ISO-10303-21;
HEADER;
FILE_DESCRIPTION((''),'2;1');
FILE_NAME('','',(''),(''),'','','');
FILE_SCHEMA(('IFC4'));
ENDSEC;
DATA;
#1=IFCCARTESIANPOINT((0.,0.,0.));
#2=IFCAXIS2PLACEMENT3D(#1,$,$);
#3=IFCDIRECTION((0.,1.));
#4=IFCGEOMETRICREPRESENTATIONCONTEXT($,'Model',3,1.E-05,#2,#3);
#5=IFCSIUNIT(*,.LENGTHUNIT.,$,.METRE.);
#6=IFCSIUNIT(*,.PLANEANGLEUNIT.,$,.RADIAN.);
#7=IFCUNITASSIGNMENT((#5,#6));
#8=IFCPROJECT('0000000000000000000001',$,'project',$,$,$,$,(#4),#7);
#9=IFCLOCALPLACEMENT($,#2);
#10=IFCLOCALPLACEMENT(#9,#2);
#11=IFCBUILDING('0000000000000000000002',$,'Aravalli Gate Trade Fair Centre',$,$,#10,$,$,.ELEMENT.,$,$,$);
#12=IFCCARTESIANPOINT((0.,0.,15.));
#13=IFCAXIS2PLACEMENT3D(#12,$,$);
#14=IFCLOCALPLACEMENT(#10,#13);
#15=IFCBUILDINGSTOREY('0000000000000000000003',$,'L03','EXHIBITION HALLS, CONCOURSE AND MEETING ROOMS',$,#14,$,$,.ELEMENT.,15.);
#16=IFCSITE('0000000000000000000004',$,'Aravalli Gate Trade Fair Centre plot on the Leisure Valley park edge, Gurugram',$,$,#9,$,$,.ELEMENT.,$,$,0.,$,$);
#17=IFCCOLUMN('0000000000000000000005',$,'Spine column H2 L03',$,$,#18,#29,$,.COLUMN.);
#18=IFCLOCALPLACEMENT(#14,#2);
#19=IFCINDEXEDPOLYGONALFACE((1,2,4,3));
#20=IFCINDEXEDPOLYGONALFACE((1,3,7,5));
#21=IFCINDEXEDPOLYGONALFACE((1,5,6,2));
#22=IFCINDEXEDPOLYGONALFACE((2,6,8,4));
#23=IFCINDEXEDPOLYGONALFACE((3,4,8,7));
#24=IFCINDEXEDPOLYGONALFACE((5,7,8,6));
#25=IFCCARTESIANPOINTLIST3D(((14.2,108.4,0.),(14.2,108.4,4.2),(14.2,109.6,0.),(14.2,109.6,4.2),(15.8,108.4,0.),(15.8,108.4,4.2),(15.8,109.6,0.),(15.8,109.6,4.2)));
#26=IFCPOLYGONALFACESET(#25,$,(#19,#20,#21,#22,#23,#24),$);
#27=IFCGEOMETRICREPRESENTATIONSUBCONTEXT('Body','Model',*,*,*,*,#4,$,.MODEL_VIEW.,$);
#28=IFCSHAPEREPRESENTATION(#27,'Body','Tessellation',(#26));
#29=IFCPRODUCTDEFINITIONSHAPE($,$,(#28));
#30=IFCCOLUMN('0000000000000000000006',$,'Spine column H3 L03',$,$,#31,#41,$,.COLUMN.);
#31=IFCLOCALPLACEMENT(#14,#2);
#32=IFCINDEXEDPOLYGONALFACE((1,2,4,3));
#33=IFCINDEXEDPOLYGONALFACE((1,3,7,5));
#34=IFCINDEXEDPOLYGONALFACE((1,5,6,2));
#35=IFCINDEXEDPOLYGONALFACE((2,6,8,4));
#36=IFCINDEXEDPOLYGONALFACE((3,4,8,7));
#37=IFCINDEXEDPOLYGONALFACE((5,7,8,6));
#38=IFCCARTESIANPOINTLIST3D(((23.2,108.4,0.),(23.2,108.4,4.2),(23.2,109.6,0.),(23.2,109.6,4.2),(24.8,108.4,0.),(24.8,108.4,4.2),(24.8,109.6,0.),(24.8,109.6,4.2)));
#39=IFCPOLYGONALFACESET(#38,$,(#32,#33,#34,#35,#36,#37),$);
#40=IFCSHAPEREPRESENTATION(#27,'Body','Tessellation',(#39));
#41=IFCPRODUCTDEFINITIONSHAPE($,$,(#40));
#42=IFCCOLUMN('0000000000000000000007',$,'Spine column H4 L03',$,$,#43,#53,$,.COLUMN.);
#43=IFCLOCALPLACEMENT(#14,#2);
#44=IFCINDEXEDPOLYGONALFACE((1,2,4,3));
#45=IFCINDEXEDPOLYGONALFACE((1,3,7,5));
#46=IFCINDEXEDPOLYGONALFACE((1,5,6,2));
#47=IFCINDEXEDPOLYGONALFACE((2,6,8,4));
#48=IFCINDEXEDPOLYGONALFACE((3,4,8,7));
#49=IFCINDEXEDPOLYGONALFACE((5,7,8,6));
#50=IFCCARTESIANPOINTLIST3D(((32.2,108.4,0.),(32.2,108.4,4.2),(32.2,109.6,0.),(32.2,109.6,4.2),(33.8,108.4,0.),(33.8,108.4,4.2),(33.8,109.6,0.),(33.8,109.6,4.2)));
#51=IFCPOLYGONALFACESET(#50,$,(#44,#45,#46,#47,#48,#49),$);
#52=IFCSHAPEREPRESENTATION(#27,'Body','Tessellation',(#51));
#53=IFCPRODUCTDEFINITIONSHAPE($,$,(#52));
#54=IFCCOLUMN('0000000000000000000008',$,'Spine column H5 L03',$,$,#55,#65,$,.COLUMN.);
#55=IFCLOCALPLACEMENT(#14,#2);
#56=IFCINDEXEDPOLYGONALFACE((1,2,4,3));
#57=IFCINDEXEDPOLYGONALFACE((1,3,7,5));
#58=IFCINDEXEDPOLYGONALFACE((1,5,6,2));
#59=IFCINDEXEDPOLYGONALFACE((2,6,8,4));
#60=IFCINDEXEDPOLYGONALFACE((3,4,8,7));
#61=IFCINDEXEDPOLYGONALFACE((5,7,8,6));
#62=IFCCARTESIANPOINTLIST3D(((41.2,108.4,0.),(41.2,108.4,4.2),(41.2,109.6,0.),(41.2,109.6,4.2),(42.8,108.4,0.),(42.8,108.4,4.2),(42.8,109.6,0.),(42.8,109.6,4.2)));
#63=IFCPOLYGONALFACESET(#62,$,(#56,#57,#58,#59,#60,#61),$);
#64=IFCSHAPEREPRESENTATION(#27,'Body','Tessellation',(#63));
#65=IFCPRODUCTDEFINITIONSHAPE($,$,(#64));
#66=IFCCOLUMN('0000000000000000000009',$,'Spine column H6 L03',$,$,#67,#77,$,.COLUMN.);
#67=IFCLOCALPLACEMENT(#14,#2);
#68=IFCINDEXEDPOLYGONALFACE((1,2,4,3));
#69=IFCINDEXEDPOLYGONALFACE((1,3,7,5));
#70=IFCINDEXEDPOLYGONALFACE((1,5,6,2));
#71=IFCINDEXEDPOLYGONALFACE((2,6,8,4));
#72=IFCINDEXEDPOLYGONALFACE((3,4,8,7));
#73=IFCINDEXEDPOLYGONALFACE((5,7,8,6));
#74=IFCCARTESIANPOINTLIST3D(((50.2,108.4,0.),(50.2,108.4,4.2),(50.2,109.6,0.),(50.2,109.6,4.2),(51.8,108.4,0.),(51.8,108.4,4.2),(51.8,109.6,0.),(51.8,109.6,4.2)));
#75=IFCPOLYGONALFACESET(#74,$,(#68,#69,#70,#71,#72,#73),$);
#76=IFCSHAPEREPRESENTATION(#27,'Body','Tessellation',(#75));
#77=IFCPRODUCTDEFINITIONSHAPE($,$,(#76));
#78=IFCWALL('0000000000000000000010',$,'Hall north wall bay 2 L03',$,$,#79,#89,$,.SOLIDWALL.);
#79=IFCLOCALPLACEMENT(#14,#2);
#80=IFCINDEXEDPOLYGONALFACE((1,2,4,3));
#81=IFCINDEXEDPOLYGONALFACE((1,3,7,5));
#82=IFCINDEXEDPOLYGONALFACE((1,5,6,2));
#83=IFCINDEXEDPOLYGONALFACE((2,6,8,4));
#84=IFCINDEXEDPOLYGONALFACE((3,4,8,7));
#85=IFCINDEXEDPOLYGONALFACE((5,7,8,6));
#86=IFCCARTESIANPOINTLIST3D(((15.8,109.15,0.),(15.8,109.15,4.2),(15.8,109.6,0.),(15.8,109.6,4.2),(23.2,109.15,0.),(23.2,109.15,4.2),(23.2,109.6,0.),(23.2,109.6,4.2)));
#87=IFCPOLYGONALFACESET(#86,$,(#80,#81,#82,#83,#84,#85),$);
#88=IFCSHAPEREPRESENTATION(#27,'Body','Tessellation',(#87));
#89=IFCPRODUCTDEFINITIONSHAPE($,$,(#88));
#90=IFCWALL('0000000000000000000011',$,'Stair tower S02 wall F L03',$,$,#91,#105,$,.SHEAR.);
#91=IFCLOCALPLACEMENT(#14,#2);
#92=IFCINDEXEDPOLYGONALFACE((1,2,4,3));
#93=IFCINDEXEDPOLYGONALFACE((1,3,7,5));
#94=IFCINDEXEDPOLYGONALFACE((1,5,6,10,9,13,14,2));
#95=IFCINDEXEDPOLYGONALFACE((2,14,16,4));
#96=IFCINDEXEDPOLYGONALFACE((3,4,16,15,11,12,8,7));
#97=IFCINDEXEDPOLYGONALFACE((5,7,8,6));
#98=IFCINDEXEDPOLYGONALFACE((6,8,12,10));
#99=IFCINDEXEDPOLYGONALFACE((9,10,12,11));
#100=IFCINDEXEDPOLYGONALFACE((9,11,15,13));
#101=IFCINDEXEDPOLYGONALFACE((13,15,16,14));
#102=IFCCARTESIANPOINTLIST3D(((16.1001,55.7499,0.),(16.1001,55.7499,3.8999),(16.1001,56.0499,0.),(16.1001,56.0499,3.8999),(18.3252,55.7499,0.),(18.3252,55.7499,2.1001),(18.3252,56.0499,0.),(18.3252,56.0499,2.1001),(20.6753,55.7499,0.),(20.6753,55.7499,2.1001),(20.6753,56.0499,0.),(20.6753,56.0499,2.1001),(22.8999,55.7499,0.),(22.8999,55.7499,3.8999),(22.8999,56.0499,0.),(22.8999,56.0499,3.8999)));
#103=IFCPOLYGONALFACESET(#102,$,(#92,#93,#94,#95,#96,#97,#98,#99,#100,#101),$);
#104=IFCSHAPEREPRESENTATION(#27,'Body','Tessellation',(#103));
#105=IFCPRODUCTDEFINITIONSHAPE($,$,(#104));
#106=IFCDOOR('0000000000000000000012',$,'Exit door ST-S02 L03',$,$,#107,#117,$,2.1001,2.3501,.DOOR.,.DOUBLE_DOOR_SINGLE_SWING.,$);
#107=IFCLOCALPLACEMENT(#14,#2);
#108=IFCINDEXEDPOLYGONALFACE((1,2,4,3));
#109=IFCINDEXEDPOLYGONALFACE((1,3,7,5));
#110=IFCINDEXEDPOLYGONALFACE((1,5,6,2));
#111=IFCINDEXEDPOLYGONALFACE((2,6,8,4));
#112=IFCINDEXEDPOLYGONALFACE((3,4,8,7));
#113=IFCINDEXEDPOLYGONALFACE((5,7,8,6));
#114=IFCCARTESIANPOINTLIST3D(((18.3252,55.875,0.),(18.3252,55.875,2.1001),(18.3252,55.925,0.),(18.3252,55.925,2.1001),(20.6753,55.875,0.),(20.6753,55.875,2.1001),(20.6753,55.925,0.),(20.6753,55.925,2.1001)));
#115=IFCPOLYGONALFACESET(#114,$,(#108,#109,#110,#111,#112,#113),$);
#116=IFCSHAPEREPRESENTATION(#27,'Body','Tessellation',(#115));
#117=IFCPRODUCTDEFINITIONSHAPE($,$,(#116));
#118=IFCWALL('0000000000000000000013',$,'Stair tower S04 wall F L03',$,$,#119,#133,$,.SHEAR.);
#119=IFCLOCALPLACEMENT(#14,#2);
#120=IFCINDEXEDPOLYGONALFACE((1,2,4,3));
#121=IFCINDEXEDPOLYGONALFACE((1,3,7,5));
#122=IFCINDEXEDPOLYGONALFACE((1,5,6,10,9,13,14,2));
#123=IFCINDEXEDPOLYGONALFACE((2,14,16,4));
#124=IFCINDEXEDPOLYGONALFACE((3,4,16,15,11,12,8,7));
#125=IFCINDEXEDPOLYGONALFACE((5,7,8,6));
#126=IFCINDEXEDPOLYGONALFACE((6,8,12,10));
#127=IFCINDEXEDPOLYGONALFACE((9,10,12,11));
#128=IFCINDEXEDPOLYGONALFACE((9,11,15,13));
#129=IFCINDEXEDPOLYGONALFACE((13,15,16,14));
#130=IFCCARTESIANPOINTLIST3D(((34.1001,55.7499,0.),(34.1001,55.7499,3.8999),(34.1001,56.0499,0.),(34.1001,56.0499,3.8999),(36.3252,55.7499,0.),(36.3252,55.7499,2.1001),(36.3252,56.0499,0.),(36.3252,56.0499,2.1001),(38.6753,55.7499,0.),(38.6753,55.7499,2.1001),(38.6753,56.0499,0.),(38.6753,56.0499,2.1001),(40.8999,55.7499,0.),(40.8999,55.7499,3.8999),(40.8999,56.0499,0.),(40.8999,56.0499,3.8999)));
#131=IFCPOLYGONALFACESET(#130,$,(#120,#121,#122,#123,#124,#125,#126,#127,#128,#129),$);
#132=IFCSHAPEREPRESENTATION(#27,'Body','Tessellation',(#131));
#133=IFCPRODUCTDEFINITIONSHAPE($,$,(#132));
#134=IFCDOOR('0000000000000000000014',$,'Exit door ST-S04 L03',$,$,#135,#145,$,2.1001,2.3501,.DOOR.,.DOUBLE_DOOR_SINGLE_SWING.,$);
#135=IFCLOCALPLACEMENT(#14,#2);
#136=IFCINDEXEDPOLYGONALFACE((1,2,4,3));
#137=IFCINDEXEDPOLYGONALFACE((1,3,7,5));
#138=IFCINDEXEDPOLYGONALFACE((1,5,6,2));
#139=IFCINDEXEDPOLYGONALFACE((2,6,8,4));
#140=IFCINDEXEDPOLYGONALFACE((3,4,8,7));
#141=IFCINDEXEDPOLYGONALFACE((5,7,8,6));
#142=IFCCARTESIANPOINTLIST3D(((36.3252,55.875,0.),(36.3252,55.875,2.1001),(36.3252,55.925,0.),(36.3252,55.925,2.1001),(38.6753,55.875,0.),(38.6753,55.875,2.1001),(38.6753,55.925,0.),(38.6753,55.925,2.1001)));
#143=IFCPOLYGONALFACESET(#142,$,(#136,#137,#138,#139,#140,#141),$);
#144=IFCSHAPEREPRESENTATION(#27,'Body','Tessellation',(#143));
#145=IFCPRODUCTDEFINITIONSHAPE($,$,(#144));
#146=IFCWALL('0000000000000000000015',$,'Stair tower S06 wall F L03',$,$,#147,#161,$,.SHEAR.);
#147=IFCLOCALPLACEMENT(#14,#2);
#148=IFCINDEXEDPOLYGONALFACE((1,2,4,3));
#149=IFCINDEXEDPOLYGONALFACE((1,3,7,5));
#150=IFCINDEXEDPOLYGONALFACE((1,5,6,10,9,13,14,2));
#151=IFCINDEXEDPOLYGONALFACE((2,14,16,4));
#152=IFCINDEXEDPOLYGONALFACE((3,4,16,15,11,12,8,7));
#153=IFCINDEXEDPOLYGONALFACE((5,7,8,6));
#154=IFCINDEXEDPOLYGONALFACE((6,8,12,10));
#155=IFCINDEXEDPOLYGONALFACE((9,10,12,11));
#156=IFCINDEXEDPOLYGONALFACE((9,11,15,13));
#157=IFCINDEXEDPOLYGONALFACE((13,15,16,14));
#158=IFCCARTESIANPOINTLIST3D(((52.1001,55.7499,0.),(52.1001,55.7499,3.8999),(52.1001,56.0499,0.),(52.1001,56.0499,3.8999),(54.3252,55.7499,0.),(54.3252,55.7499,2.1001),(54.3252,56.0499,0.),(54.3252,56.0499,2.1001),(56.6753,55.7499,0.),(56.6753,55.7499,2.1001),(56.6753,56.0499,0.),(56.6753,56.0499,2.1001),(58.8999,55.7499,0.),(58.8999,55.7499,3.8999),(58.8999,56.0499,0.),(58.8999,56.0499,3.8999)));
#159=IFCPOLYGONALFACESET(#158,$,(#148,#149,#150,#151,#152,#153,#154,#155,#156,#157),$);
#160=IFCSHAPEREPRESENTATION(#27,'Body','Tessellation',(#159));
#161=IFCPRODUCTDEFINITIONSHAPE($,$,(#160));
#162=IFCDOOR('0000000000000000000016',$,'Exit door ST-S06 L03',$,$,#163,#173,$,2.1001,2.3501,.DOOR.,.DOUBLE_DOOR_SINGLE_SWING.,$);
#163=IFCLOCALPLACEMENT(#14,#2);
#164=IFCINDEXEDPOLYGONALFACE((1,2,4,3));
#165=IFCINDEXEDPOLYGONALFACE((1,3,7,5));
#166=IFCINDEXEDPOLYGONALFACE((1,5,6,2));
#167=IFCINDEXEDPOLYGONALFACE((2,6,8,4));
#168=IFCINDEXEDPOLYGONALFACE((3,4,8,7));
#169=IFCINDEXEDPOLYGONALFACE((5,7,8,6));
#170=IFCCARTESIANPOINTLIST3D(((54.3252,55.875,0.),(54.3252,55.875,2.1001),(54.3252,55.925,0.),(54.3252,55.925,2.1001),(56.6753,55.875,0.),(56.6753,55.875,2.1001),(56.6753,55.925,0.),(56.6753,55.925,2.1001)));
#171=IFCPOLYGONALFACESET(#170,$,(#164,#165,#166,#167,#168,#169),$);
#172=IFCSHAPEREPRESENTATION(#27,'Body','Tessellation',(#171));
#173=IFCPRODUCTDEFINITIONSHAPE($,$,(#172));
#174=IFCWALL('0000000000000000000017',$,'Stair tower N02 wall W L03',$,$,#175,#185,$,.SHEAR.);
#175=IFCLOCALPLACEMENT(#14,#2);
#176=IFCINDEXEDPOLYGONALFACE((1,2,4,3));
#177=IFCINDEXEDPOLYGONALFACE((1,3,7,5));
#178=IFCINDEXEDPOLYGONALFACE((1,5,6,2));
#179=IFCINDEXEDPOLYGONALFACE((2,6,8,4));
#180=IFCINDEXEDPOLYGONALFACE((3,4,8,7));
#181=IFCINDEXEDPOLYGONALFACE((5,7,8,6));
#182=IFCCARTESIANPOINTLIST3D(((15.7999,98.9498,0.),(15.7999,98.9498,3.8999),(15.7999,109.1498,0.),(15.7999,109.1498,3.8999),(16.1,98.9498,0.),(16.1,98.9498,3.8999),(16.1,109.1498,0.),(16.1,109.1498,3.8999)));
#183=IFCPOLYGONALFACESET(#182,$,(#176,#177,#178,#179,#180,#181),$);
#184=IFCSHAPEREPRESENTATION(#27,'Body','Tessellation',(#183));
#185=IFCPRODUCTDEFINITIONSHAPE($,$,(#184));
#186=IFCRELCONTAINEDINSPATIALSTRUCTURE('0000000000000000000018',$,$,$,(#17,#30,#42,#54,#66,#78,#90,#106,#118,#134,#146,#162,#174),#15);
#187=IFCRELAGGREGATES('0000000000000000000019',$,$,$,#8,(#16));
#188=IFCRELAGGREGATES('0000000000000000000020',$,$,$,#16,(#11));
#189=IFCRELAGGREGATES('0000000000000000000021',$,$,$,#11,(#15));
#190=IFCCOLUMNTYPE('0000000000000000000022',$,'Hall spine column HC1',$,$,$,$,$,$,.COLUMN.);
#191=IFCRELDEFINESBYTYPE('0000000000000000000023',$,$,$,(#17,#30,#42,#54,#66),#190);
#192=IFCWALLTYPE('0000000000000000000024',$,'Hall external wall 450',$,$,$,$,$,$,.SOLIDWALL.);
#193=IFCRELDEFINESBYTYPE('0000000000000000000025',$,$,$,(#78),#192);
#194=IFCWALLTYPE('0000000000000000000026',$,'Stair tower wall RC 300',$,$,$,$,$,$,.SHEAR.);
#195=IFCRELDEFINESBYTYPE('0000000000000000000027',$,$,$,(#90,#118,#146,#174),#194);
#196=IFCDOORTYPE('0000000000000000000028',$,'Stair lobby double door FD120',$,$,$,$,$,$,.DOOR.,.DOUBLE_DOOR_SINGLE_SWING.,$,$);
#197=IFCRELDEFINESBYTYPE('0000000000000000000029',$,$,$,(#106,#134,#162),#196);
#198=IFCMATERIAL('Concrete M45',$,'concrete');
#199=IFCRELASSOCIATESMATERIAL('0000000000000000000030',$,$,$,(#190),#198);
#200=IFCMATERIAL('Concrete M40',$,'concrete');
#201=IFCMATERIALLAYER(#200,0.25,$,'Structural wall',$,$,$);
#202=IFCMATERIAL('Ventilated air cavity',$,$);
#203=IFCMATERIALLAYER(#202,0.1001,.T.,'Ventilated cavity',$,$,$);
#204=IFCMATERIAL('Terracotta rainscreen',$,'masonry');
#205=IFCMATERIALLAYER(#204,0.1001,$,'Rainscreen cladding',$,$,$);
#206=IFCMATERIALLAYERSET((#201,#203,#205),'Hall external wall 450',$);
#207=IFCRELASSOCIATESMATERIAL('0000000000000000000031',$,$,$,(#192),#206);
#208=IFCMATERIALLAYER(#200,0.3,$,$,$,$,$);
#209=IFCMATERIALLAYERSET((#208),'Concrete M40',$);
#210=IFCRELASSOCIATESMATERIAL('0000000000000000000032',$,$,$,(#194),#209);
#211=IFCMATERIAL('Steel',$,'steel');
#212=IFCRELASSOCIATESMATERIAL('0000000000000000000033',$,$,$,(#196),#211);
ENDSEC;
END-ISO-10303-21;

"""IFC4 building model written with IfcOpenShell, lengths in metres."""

from ifc_helpers import new_model, si_unit, direction, frame, frame_2d, origin, origin_2d, place, context, subcontext, project, spatial, rectangle, extrude, material, layer, layer_set, material_profile, profile_set, type_object, element, fill, save


model = new_model("IFC4")

# Units and contexts
model_context = context("Model", 3, precision=1e-05, world=origin(), true_north=direction((0.0, 1.0)))
body_context = subcontext(model_context, "Body", "Model", "MODEL_VIEW")
ifc_project = project(units=[si_unit("LENGTHUNIT", "METRE"), si_unit("PLANEANGLEUNIT", "RADIAN")], contexts=[model_context])

# Site, building, storey
site_placement = place(None, origin())
site = spatial("IfcSite", under=ifc_project, at=site_placement, Name="Aravalli Gate Trade Fair Centre plot on the Leisure Valley park edge, Gurugram", CompositionType="ELEMENT", RefElevation=0.0)
building_placement = place(site_placement, origin())
building = spatial("IfcBuilding", under=site, at=building_placement, Name="Aravalli Gate Trade Fair Centre", CompositionType="ELEMENT")
storey_placement = place(building_placement, frame((0.0, 0.0, 15.0)))
storey = spatial("IfcBuildingStorey", under=building, at=storey_placement, Name="L03", Description="EXHIBITION HALLS, CONCOURSE AND MEETING ROOMS", CompositionType="ELEMENT", Elevation=15.0)

# Columns
ifc_material_1 = material(Name="Concrete M45", Category="concrete")
ifc_material_profile = material_profile(ifc_material_1, rectangle(XDim=1.6001, YDim=1.2, at=origin_2d()), Name="RC 1600x1200")
ifc_profile_set = profile_set([ifc_material_profile], Name="Concrete M45")
column_type = type_object("IfcColumnType", Name="Hall spine column HC1", PredefinedType="COLUMN", material=ifc_profile_set)
for number, where, z_axis, x_axis, name in (
    (1, (15.0, 109.0, 0.0), (0.0, 0.0, 1.0), (1.0, 0.0, 0.0), "Spine column H2 L03"),
    (2, (24.0, 109.0, 0.0), (0.0, 0.0, 1.0), (1.0, 0.0, 0.0), "Spine column H3 L03"),
    (3, (33.0, 109.0, 0.0), (0.0, 0.0, 1.0), (1.0, 0.0, 0.0), "Spine column H4 L03"),
    (4, (42.0, 109.0, 0.0), (0.0, 0.0, 1.0), (1.0, 0.0, 0.0), "Spine column H5 L03"),
    (5, (51.0, 109.0, 0.0), (0.0, 0.0, 1.0), (1.0, 0.0, 0.0), "Spine column H6 L03"),
):
    element("IfcColumn", number, at=place(storey_placement, frame(where, z_axis=z_axis, x_axis=x_axis)), inside=storey, type_object=column_type, Name=name, PredefinedType="COLUMN", context=body_context, shape_type="SweptSolid", body=[
        extrude(rectangle(XDim=1.6001, YDim=1.2, at=origin_2d()), origin(), (0.0, 0.0, 1.0), 4.2),
    ])

# Wall
ifc_material_2 = material(Name="Concrete M40", Category="concrete")
ifc_layer_1 = layer(ifc_material_2, 0.25, Name="Structural wall")
ifc_material_3 = material(Name="Ventilated air cavity")
ifc_layer_2 = layer(ifc_material_3, 0.1001, ventilated=True, Name="Ventilated cavity")
ifc_material_4 = material(Name="Terracotta rainscreen", Category="masonry")
ifc_layer_3 = layer(ifc_material_4, 0.1001, Name="Rainscreen cladding")
ifc_layer_set_1 = layer_set([ifc_layer_1, ifc_layer_2, ifc_layer_3], Name="Hall external wall 450")
wall_type_1 = type_object("IfcWallType", Name="Hall external wall 450", PredefinedType="SOLIDWALL", material=ifc_layer_set_1)
wall_1_placement = place(storey_placement, frame((15.8, 109.375, 0.0), z_axis=(0.0, 0.0, 1.0), x_axis=(1.0, 0.0, 0.0)))
element("IfcWall", 6, at=wall_1_placement, inside=storey, type_object=wall_type_1, Name="Hall north wall bay 2 L03", PredefinedType="SOLIDWALL", context=body_context, shape_type="SweptSolid", body=[
    extrude(rectangle(XDim=7.3999, YDim=0.45, at=frame_2d((3.7, 0.0))), origin(), (0.0, 0.0, 1.0), 4.2),
])

# Walls, openings, doors
ifc_layer_4 = layer(ifc_material_2, 0.3)
ifc_layer_set_2 = layer_set([ifc_layer_4], Name="Concrete M40")
wall_type_2 = type_object("IfcWallType", Name="Stair tower wall RC 300", PredefinedType="SHEAR", material=ifc_layer_set_2)
wall_2_placement = place(storey_placement, frame((16.1001, 55.8999, 0.0), z_axis=(0.0, 0.0, 1.0), x_axis=(1.0, 0.0, 0.0)))
wall_2 = element("IfcWall", 7, at=wall_2_placement, inside=storey, type_object=wall_type_2, Name="Stair tower S02 wall F L03", PredefinedType="SHEAR", context=body_context, shape_type="SweptSolid", body=[
    extrude(rectangle(XDim=6.7998, YDim=0.3, at=frame_2d((3.3999, 0.0))), origin(), (0.0, 0.0, 1.0), 3.8999),
])
opening_1_placement = place(wall_2_placement, frame((2.2251, 0.0, 0.0)))
opening_1 = element("IfcOpeningElement", 8, at=opening_1_placement, cuts=wall_2, PredefinedType="OPENING", context=body_context, shape_type="SweptSolid", body=[
    extrude(rectangle(XDim=2.3501, YDim=2.1001, at=frame_2d((1.175, 1.05))), frame((0.0, 0.1599, 0.0), z_axis=(0.0, -1.0, 0.0), x_axis=(1.0, 0.0, 0.0)), (0.0, 0.0, 1.0), 0.3201),
])
ifc_material_5 = material(Name="Steel", Category="steel")
door_type = type_object("IfcDoorType", Name="Stair lobby double door FD120", OperationType="DOUBLE_DOOR_SINGLE_SWING", PredefinedType="DOOR", material=ifc_material_5)
door_1_placement = place(opening_1_placement, frame((2.3501, 0.0, 0.0), z_axis=(0.0, 0.0, 1.0), x_axis=(-1.0, 0.0, 0.0)))
door_1 = element("IfcDoor", 9, at=door_1_placement, inside=storey, type_object=door_type, Name="Exit door ST-S02 L03", OperationType="DOUBLE_DOOR_SINGLE_SWING", OverallHeight=2.1001, OverallWidth=2.3501, PredefinedType="DOOR", context=body_context, shape_type="SweptSolid", body=[
    extrude(rectangle(XDim=2.3501, YDim=2.1001, at=frame_2d((1.175, 1.05))), frame((0.0, 0.0249, 0.0), z_axis=(0.0, -1.0, 0.0), x_axis=(1.0, 0.0, 0.0)), (0.0, 0.0, 1.0), 0.05),
])
fill(opening_1, door_1)
wall_3_placement = place(storey_placement, frame((34.1001, 55.8999, 0.0), z_axis=(0.0, 0.0, 1.0), x_axis=(1.0, 0.0, 0.0)))
wall_3 = element("IfcWall", 10, at=wall_3_placement, inside=storey, type_object=wall_type_2, Name="Stair tower S04 wall F L03", PredefinedType="SHEAR", context=body_context, shape_type="SweptSolid", body=[
    extrude(rectangle(XDim=6.7998, YDim=0.3, at=frame_2d((3.3999, 0.0))), origin(), (0.0, 0.0, 1.0), 3.8999),
])
opening_2_placement = place(wall_3_placement, frame((2.2251, 0.0, 0.0)))
opening_2 = element("IfcOpeningElement", 11, at=opening_2_placement, cuts=wall_3, PredefinedType="OPENING", context=body_context, shape_type="SweptSolid", body=[
    extrude(rectangle(XDim=2.3501, YDim=2.1001, at=frame_2d((1.175, 1.05))), frame((0.0, 0.1599, 0.0), z_axis=(0.0, -1.0, 0.0), x_axis=(1.0, 0.0, 0.0)), (0.0, 0.0, 1.0), 0.3201),
])
door_2_placement = place(opening_2_placement, frame((2.3501, 0.0, 0.0), z_axis=(0.0, 0.0, 1.0), x_axis=(-1.0, 0.0, 0.0)))
door_2 = element("IfcDoor", 12, at=door_2_placement, inside=storey, type_object=door_type, Name="Exit door ST-S04 L03", OperationType="DOUBLE_DOOR_SINGLE_SWING", OverallHeight=2.1001, OverallWidth=2.3501, PredefinedType="DOOR", context=body_context, shape_type="SweptSolid", body=[
    extrude(rectangle(XDim=2.3501, YDim=2.1001, at=frame_2d((1.175, 1.05))), frame((0.0, 0.0249, 0.0), z_axis=(0.0, -1.0, 0.0), x_axis=(1.0, 0.0, 0.0)), (0.0, 0.0, 1.0), 0.05),
])
fill(opening_2, door_2)
wall_4_placement = place(storey_placement, frame((52.1001, 55.8999, 0.0), z_axis=(0.0, 0.0, 1.0), x_axis=(1.0, 0.0, 0.0)))
wall_4 = element("IfcWall", 13, at=wall_4_placement, inside=storey, type_object=wall_type_2, Name="Stair tower S06 wall F L03", PredefinedType="SHEAR", context=body_context, shape_type="SweptSolid", body=[
    extrude(rectangle(XDim=6.7998, YDim=0.3, at=frame_2d((3.3999, 0.0))), origin(), (0.0, 0.0, 1.0), 3.8999),
])
opening_3_placement = place(wall_4_placement, frame((2.2251, 0.0, 0.0)))
opening_3 = element("IfcOpeningElement", 14, at=opening_3_placement, cuts=wall_4, PredefinedType="OPENING", context=body_context, shape_type="SweptSolid", body=[
    extrude(rectangle(XDim=2.3501, YDim=2.1001, at=frame_2d((1.175, 1.05))), frame((0.0, 0.1599, 0.0), z_axis=(0.0, -1.0, 0.0), x_axis=(1.0, 0.0, 0.0)), (0.0, 0.0, 1.0), 0.3201),
])
door_3_placement = place(opening_3_placement, frame((2.3501, 0.0, 0.0), z_axis=(0.0, 0.0, 1.0), x_axis=(-1.0, 0.0, 0.0)))
door_3 = element("IfcDoor", 15, at=door_3_placement, inside=storey, type_object=door_type, Name="Exit door ST-S06 L03", OperationType="DOUBLE_DOOR_SINGLE_SWING", OverallHeight=2.1001, OverallWidth=2.3501, PredefinedType="DOOR", context=body_context, shape_type="SweptSolid", body=[
    extrude(rectangle(XDim=2.3501, YDim=2.1001, at=frame_2d((1.175, 1.05))), frame((0.0, 0.0249, 0.0), z_axis=(0.0, -1.0, 0.0), x_axis=(1.0, 0.0, 0.0)), (0.0, 0.0, 1.0), 0.05),
])
fill(opening_3, door_3)

# Wall
for number, where, z_axis, x_axis, name in (
    (16, (15.95, 109.1499, 0.0), (0.0, 0.0, 1.0), (0.0, -1.0, 0.0), "Stair tower N02 wall W L03"),
):
    element("IfcWall", number, at=place(storey_placement, frame(where, z_axis=z_axis, x_axis=x_axis)), inside=storey, type_object=wall_type_2, Name=name, PredefinedType="SHEAR", context=body_context, shape_type="SweptSolid", body=[
        extrude(rectangle(XDim=10.2, YDim=0.3, at=frame_2d((5.1001, 0.0))), origin(), (0.0, 0.0, 1.0), 3.8999),
    ])

save(model, "model.ifc")
